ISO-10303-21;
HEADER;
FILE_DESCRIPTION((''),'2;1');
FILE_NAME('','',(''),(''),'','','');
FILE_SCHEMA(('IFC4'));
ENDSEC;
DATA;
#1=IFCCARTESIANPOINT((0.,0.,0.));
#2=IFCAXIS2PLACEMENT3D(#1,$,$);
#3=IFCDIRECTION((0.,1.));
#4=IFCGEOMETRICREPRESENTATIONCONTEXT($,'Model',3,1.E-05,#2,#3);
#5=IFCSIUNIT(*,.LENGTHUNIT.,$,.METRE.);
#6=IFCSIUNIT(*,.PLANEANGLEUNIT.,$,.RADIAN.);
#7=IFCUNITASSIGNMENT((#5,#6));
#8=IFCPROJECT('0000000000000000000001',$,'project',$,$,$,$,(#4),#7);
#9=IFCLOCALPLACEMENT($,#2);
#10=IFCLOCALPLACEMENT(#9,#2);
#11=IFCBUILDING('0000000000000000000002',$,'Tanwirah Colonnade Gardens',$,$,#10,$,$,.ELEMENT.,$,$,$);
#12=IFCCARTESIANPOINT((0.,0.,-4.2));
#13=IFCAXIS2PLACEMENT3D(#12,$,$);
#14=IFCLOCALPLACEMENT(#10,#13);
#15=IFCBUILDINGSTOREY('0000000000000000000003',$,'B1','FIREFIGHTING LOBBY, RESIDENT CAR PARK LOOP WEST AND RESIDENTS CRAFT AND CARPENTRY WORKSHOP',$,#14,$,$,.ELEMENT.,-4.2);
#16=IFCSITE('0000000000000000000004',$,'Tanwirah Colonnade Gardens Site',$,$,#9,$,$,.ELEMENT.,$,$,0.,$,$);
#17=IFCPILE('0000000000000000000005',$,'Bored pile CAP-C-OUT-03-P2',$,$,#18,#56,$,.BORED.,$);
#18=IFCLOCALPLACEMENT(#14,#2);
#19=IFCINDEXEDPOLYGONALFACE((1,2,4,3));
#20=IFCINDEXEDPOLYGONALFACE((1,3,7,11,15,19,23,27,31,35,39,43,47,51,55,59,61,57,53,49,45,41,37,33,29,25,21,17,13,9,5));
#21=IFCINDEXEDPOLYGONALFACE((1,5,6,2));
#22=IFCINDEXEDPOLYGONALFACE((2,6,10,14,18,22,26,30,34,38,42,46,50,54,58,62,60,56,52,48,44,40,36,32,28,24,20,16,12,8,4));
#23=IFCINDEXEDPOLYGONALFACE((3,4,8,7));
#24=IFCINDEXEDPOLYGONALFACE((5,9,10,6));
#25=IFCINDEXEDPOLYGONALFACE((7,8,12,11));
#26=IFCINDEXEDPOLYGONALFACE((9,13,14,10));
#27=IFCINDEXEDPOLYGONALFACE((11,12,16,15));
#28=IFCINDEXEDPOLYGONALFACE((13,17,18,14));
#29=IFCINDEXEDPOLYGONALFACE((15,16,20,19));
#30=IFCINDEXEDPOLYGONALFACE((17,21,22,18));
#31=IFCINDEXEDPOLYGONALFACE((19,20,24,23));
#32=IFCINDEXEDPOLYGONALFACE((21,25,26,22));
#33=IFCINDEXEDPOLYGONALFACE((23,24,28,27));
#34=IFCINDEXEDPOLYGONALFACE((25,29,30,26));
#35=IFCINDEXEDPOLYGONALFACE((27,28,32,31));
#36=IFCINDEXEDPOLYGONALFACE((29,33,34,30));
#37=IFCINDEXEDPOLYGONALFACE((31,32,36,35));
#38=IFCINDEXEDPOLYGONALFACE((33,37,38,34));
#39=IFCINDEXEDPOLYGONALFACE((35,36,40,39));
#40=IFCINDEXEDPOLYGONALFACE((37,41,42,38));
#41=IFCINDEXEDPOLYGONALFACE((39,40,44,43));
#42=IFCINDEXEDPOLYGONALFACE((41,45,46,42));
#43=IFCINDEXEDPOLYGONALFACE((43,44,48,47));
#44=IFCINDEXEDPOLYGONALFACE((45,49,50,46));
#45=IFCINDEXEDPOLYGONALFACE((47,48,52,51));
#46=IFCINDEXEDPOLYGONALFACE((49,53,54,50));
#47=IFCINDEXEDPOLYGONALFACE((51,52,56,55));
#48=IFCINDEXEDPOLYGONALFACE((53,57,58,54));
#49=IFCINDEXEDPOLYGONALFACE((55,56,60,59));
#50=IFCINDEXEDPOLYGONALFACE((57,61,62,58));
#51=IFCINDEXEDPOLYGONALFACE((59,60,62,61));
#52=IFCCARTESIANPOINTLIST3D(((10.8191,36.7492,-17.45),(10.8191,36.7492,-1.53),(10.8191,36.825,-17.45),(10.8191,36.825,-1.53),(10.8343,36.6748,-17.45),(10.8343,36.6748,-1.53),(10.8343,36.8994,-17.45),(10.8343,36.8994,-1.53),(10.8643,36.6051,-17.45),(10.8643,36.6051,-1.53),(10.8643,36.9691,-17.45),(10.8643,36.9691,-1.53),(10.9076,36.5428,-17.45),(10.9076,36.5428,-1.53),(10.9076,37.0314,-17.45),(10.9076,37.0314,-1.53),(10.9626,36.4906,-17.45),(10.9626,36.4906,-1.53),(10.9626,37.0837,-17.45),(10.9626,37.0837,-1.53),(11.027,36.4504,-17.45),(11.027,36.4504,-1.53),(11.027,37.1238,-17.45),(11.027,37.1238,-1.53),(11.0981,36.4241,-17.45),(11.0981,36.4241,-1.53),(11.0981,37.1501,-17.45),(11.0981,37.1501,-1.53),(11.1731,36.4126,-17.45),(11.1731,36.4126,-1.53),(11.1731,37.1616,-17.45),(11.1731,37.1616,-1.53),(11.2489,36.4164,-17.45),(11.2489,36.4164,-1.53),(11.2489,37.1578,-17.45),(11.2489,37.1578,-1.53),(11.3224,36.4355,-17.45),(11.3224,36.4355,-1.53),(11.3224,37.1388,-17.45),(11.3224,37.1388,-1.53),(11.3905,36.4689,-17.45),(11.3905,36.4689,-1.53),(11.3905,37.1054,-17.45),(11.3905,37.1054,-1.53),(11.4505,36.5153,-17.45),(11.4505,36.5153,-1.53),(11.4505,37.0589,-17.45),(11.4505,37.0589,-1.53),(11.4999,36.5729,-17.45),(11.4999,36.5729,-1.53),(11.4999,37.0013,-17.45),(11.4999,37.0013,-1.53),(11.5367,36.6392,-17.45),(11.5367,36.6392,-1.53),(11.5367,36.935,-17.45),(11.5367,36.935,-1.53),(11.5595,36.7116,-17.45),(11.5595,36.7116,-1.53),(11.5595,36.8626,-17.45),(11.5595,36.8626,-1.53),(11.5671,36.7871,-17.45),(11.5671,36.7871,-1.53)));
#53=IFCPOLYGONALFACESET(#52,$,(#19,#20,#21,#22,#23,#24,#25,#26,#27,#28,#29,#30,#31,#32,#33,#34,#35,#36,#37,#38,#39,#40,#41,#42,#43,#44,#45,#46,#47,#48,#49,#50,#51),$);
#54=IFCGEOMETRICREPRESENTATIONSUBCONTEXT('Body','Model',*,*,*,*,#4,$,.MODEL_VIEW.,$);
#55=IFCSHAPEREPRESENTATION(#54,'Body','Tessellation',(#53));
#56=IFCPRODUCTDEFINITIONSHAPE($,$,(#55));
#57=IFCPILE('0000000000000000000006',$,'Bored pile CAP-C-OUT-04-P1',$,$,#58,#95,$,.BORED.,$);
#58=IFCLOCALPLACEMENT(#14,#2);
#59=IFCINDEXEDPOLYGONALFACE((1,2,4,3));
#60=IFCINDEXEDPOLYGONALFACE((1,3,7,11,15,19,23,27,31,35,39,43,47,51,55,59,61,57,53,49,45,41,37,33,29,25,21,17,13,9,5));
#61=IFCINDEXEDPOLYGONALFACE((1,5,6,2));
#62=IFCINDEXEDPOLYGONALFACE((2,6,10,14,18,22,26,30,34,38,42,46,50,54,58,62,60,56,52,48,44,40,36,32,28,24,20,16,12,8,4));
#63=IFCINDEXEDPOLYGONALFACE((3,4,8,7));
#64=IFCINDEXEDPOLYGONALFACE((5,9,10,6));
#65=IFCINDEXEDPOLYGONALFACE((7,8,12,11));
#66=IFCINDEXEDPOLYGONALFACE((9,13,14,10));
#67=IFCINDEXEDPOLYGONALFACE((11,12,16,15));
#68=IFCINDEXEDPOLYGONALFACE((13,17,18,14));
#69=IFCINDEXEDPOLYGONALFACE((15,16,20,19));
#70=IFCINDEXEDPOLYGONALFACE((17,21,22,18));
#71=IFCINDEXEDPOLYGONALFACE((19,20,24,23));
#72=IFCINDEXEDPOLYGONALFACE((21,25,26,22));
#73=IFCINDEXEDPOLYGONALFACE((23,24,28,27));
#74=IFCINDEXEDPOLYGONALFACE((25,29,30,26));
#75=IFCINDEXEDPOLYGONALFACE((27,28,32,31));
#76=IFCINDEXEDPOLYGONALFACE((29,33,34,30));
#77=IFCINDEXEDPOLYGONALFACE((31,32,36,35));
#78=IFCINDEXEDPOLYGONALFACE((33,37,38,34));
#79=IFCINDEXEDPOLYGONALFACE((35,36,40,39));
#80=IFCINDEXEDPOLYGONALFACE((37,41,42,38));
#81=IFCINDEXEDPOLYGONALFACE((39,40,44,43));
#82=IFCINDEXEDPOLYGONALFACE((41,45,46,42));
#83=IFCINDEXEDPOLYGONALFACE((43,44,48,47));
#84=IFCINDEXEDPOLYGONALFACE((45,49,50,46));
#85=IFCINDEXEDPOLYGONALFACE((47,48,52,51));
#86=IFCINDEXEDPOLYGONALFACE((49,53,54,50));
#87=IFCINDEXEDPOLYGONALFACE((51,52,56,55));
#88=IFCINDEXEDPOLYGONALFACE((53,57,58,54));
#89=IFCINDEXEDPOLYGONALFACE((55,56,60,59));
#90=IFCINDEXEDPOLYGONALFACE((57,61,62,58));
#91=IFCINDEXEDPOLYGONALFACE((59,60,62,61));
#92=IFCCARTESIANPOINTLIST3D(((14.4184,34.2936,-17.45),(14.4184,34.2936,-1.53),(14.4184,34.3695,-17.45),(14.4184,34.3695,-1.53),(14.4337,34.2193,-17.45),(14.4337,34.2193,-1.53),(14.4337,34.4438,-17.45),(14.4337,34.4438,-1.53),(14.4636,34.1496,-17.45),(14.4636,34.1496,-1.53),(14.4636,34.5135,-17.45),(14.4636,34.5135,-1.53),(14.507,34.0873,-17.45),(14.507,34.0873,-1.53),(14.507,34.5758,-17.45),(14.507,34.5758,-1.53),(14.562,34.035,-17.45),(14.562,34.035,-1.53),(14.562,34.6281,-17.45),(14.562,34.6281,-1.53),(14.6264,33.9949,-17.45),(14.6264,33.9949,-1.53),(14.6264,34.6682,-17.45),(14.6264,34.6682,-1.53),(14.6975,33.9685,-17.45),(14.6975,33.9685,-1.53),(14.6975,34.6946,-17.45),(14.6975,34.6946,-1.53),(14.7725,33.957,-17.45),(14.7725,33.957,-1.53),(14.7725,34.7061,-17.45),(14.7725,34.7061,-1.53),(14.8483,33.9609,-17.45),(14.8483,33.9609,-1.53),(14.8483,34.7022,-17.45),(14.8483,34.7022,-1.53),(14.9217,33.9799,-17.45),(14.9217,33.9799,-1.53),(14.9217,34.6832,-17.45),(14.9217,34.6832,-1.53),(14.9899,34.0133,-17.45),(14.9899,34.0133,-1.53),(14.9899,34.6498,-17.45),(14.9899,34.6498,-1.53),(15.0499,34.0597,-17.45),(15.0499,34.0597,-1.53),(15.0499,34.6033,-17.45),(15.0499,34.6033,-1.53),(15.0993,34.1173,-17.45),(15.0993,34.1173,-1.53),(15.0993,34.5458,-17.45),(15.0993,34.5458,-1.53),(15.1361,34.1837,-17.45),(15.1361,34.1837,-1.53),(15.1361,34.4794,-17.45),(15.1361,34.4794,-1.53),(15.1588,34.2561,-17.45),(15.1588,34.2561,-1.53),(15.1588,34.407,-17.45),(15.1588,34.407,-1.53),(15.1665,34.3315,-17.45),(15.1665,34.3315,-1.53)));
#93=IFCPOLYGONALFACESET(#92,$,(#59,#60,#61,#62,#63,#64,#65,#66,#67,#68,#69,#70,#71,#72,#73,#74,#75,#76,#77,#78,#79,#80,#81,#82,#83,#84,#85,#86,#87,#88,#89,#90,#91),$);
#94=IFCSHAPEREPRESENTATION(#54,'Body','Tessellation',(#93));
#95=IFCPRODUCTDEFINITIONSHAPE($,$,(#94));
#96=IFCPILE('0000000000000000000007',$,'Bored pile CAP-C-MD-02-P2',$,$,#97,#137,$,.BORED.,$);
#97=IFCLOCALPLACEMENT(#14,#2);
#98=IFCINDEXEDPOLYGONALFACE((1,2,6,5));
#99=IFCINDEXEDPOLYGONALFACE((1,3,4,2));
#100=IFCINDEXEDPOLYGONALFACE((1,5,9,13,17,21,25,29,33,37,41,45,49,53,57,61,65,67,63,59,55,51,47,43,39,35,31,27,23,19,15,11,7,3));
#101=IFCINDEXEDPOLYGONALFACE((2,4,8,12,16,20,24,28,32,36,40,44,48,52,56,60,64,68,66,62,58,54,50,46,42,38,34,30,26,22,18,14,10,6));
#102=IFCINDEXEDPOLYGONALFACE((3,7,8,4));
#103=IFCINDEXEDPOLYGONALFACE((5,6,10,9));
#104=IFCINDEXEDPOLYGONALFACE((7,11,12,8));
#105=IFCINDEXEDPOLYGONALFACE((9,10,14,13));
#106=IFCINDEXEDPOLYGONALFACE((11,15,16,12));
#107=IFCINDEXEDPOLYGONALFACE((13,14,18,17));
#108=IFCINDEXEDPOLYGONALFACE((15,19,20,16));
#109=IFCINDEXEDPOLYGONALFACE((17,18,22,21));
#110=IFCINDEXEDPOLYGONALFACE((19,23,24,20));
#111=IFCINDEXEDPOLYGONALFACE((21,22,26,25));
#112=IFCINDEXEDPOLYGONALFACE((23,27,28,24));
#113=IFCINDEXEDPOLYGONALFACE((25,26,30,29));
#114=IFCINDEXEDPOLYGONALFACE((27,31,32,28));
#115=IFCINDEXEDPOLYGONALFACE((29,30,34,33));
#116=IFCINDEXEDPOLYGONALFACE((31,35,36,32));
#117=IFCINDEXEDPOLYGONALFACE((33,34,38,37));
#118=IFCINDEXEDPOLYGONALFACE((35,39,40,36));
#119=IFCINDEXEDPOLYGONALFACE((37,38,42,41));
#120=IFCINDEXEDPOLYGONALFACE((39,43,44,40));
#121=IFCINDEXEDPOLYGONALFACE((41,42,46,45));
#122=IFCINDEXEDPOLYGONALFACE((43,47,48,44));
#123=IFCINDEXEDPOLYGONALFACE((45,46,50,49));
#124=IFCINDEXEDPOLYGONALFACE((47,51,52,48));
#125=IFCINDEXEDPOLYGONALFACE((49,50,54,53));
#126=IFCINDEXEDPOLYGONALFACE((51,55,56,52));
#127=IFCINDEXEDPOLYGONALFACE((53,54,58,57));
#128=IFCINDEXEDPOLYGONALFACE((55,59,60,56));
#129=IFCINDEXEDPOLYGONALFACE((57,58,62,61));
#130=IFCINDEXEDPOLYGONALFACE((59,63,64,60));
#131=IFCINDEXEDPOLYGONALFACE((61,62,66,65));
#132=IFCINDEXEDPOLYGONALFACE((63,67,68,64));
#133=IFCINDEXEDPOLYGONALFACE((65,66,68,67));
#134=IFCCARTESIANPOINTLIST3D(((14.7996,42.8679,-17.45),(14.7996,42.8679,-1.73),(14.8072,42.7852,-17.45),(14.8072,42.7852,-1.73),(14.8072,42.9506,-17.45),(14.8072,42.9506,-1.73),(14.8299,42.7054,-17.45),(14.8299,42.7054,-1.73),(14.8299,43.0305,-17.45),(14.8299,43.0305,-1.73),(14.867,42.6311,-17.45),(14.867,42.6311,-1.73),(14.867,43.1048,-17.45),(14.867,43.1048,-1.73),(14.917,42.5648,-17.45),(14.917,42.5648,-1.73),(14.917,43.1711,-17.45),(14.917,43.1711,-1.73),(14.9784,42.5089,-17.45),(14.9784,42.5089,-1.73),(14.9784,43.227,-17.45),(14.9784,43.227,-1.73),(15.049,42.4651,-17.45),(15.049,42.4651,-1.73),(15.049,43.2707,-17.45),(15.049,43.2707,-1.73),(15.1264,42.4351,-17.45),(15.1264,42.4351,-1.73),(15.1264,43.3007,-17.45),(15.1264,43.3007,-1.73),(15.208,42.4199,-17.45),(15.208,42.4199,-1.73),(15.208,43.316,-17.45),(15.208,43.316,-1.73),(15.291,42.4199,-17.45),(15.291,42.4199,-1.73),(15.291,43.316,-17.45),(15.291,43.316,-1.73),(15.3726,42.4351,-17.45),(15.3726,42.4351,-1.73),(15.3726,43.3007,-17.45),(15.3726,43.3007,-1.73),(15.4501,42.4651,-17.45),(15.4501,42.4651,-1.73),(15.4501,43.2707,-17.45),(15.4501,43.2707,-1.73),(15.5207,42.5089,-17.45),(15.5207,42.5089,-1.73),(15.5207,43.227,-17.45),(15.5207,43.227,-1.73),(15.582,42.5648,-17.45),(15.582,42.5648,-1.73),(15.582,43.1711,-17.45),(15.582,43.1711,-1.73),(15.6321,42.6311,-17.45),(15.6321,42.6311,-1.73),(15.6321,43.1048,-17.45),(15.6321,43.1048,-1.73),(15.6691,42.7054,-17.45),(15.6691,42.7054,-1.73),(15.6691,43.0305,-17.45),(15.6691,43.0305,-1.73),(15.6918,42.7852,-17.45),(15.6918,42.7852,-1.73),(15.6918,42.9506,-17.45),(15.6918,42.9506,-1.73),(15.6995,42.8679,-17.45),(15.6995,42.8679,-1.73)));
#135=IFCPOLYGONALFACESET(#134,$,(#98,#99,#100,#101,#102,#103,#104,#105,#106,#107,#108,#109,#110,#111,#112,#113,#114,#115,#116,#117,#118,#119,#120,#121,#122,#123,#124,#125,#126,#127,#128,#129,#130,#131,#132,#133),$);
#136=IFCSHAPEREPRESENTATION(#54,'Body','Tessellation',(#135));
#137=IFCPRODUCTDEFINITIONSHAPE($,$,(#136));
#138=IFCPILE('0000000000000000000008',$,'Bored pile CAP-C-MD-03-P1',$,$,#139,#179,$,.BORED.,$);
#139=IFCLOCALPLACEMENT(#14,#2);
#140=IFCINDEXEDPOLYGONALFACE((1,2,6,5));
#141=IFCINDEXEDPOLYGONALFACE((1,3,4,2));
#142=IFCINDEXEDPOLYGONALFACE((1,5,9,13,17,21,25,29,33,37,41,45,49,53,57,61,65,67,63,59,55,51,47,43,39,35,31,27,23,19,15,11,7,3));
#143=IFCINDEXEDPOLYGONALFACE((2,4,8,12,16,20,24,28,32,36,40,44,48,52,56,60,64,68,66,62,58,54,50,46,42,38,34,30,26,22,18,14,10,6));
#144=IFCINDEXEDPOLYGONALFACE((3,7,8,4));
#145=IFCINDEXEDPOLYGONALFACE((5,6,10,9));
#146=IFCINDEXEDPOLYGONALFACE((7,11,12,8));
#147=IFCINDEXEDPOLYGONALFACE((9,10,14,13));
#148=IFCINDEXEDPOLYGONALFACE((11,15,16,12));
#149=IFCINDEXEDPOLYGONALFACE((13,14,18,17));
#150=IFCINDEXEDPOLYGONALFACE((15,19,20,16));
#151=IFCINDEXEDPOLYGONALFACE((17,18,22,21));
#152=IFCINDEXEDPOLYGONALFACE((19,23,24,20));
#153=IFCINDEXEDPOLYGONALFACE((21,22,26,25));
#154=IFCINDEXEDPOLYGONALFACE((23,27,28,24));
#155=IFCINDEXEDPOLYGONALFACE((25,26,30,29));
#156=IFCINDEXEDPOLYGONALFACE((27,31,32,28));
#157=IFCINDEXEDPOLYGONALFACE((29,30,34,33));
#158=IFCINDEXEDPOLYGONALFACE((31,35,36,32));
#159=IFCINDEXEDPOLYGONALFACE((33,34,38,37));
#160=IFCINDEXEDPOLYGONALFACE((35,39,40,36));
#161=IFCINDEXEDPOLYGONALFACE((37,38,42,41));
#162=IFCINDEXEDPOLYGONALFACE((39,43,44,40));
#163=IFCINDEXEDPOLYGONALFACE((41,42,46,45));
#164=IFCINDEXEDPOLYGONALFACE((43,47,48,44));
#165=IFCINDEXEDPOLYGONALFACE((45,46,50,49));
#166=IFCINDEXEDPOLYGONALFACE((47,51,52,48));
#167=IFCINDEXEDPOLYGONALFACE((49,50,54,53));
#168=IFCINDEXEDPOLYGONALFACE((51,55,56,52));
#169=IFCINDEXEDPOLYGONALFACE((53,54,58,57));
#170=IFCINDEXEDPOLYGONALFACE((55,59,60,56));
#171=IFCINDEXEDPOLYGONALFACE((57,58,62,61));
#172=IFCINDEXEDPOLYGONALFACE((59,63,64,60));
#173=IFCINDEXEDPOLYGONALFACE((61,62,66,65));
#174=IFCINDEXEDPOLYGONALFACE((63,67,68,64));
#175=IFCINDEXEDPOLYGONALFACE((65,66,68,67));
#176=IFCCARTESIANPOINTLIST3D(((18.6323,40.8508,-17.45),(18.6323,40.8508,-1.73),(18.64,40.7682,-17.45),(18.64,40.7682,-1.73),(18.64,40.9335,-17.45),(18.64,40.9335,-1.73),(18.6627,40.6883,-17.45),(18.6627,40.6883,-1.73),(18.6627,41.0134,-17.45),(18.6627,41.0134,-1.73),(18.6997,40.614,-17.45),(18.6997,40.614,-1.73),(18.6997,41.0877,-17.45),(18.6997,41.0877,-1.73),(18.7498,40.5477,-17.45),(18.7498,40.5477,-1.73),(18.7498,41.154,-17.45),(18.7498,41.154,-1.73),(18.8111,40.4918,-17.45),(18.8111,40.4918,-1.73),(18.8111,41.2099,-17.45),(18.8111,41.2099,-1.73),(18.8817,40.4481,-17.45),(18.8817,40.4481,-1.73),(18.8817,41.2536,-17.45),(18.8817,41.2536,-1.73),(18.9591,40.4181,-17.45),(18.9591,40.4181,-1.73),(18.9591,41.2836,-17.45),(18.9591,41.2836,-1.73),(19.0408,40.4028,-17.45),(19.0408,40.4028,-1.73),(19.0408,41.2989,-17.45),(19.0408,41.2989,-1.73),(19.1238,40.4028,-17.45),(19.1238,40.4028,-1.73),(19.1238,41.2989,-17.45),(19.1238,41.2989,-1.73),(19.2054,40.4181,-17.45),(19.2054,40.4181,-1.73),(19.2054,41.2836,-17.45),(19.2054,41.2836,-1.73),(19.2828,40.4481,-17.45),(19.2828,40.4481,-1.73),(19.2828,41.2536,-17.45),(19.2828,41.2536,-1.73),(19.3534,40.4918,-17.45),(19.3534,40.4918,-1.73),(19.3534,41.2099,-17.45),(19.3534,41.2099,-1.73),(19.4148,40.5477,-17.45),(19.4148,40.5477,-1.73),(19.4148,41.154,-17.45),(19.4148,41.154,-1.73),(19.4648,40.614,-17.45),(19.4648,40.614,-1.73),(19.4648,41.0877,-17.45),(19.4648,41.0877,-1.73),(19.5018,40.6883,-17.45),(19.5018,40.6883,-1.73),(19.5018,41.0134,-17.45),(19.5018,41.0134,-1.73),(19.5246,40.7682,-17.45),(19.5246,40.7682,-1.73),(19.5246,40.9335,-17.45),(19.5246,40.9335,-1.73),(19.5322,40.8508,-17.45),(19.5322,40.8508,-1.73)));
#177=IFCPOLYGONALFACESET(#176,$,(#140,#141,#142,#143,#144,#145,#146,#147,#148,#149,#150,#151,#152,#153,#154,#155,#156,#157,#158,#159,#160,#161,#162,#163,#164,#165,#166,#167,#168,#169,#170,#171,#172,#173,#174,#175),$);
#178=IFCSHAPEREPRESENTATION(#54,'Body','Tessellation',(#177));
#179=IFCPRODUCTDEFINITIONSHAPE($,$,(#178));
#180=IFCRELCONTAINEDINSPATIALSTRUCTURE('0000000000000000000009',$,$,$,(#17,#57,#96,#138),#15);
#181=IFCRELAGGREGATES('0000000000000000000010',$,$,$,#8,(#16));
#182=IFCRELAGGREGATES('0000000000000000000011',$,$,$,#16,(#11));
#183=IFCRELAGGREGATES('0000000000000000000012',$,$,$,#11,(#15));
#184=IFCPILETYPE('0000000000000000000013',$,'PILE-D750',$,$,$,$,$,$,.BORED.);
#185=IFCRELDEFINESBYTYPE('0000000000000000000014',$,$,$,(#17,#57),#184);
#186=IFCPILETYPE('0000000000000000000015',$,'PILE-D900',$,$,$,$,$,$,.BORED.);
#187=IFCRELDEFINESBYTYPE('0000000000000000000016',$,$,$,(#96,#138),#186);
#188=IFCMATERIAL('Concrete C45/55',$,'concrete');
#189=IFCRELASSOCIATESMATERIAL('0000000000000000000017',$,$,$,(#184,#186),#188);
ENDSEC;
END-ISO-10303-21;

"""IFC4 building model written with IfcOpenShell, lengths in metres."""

from ifc_helpers import new_model, si_unit, direction, frame, origin, origin_2d, place, context, subcontext, project, spatial, circle, extrude, material, material_profile, profile_set, type_object, element, save


model = new_model("IFC4")

# Units and contexts
model_context = context("Model", 3, precision=1e-05, world=origin(), true_north=direction((0.0, 1.0)))
body_context = subcontext(model_context, "Body", "Model", "MODEL_VIEW")
ifc_project = project(units=[si_unit("LENGTHUNIT", "METRE"), si_unit("PLANEANGLEUNIT", "RADIAN")], contexts=[model_context])

# Site, building, storey
site_placement = place(None, origin())
site = spatial("IfcSite", under=ifc_project, at=site_placement, Name="Tanwirah Colonnade Gardens Site", CompositionType="ELEMENT", RefElevation=0.0)
building_placement = place(site_placement, origin())
building = spatial("IfcBuilding", under=site, at=building_placement, Name="Tanwirah Colonnade Gardens", CompositionType="ELEMENT")
storey_placement = place(building_placement, frame((0.0, 0.0, -4.2)))
storey = spatial("IfcBuildingStorey", under=building, at=storey_placement, Name="B1", Description="FIREFIGHTING LOBBY, RESIDENT CAR PARK LOOP WEST AND RESIDENTS CRAFT AND CARPENTRY WORKSHOP", CompositionType="ELEMENT", Elevation=-4.2)

# Shared definitions
ifc_material_1 = material(Name="Concrete C45/55", Category="concrete")

# Piles
ifc_material_profile_1 = material_profile(ifc_material_1, circle(Radius=0.375, at=origin_2d()), Name="PILE D750")
ifc_profile_set_1 = profile_set([ifc_material_profile_1], Name="Concrete C45/55")
pile_type_1 = type_object("IfcPileType", Name="PILE-D750", PredefinedType="BORED", material=ifc_profile_set_1)
for number, where, z_axis, x_axis, name in (
    (1, (11.1921, 36.7871, -1.53), (0.0, 0.0, -1.0), (1.0, 0.0, 0.0), "Bored pile CAP-C-OUT-03-P2"),
    (2, (14.7915, 34.3315, -1.53), (0.0, 0.0, -1.0), (1.0, 0.0, 0.0), "Bored pile CAP-C-OUT-04-P1"),
):
    element("IfcPile", number, at=place(storey_placement, frame(where, z_axis=z_axis, x_axis=x_axis)), inside=storey, type_object=pile_type_1, Name=name, PredefinedType="BORED", context=body_context, shape_type="SweptSolid", body=[
        extrude(circle(Radius=0.375, at=origin_2d()), origin(), (0.0, 0.0, 1.0), 15.9199),
    ])
ifc_material_profile_2 = material_profile(ifc_material_1, circle(Radius=0.45, at=origin_2d()), Name="PILE D900")
ifc_profile_set_2 = profile_set([ifc_material_profile_2], Name="Concrete C45/55")
pile_type_2 = type_object("IfcPileType", Name="PILE-D900", PredefinedType="BORED", material=ifc_profile_set_2)
for number, where, z_axis, x_axis, name in (
    (3, (15.2495, 42.8679, -1.73), (0.0, 0.0, -1.0), (1.0, 0.0, 0.0), "Bored pile CAP-C-MD-02-P2"),
    (4, (19.0823, 40.8508, -1.73), (0.0, 0.0, -1.0), (1.0, 0.0, 0.0), "Bored pile CAP-C-MD-03-P1"),
):
    element("IfcPile", number, at=place(storey_placement, frame(where, z_axis=z_axis, x_axis=x_axis)), inside=storey, type_object=pile_type_2, Name=name, PredefinedType="BORED", context=body_context, shape_type="SweptSolid", body=[
        extrude(circle(Radius=0.45, at=origin_2d()), origin(), (0.0, 0.0, 1.0), 15.72),
    ])

save(model, "model.ifc")
